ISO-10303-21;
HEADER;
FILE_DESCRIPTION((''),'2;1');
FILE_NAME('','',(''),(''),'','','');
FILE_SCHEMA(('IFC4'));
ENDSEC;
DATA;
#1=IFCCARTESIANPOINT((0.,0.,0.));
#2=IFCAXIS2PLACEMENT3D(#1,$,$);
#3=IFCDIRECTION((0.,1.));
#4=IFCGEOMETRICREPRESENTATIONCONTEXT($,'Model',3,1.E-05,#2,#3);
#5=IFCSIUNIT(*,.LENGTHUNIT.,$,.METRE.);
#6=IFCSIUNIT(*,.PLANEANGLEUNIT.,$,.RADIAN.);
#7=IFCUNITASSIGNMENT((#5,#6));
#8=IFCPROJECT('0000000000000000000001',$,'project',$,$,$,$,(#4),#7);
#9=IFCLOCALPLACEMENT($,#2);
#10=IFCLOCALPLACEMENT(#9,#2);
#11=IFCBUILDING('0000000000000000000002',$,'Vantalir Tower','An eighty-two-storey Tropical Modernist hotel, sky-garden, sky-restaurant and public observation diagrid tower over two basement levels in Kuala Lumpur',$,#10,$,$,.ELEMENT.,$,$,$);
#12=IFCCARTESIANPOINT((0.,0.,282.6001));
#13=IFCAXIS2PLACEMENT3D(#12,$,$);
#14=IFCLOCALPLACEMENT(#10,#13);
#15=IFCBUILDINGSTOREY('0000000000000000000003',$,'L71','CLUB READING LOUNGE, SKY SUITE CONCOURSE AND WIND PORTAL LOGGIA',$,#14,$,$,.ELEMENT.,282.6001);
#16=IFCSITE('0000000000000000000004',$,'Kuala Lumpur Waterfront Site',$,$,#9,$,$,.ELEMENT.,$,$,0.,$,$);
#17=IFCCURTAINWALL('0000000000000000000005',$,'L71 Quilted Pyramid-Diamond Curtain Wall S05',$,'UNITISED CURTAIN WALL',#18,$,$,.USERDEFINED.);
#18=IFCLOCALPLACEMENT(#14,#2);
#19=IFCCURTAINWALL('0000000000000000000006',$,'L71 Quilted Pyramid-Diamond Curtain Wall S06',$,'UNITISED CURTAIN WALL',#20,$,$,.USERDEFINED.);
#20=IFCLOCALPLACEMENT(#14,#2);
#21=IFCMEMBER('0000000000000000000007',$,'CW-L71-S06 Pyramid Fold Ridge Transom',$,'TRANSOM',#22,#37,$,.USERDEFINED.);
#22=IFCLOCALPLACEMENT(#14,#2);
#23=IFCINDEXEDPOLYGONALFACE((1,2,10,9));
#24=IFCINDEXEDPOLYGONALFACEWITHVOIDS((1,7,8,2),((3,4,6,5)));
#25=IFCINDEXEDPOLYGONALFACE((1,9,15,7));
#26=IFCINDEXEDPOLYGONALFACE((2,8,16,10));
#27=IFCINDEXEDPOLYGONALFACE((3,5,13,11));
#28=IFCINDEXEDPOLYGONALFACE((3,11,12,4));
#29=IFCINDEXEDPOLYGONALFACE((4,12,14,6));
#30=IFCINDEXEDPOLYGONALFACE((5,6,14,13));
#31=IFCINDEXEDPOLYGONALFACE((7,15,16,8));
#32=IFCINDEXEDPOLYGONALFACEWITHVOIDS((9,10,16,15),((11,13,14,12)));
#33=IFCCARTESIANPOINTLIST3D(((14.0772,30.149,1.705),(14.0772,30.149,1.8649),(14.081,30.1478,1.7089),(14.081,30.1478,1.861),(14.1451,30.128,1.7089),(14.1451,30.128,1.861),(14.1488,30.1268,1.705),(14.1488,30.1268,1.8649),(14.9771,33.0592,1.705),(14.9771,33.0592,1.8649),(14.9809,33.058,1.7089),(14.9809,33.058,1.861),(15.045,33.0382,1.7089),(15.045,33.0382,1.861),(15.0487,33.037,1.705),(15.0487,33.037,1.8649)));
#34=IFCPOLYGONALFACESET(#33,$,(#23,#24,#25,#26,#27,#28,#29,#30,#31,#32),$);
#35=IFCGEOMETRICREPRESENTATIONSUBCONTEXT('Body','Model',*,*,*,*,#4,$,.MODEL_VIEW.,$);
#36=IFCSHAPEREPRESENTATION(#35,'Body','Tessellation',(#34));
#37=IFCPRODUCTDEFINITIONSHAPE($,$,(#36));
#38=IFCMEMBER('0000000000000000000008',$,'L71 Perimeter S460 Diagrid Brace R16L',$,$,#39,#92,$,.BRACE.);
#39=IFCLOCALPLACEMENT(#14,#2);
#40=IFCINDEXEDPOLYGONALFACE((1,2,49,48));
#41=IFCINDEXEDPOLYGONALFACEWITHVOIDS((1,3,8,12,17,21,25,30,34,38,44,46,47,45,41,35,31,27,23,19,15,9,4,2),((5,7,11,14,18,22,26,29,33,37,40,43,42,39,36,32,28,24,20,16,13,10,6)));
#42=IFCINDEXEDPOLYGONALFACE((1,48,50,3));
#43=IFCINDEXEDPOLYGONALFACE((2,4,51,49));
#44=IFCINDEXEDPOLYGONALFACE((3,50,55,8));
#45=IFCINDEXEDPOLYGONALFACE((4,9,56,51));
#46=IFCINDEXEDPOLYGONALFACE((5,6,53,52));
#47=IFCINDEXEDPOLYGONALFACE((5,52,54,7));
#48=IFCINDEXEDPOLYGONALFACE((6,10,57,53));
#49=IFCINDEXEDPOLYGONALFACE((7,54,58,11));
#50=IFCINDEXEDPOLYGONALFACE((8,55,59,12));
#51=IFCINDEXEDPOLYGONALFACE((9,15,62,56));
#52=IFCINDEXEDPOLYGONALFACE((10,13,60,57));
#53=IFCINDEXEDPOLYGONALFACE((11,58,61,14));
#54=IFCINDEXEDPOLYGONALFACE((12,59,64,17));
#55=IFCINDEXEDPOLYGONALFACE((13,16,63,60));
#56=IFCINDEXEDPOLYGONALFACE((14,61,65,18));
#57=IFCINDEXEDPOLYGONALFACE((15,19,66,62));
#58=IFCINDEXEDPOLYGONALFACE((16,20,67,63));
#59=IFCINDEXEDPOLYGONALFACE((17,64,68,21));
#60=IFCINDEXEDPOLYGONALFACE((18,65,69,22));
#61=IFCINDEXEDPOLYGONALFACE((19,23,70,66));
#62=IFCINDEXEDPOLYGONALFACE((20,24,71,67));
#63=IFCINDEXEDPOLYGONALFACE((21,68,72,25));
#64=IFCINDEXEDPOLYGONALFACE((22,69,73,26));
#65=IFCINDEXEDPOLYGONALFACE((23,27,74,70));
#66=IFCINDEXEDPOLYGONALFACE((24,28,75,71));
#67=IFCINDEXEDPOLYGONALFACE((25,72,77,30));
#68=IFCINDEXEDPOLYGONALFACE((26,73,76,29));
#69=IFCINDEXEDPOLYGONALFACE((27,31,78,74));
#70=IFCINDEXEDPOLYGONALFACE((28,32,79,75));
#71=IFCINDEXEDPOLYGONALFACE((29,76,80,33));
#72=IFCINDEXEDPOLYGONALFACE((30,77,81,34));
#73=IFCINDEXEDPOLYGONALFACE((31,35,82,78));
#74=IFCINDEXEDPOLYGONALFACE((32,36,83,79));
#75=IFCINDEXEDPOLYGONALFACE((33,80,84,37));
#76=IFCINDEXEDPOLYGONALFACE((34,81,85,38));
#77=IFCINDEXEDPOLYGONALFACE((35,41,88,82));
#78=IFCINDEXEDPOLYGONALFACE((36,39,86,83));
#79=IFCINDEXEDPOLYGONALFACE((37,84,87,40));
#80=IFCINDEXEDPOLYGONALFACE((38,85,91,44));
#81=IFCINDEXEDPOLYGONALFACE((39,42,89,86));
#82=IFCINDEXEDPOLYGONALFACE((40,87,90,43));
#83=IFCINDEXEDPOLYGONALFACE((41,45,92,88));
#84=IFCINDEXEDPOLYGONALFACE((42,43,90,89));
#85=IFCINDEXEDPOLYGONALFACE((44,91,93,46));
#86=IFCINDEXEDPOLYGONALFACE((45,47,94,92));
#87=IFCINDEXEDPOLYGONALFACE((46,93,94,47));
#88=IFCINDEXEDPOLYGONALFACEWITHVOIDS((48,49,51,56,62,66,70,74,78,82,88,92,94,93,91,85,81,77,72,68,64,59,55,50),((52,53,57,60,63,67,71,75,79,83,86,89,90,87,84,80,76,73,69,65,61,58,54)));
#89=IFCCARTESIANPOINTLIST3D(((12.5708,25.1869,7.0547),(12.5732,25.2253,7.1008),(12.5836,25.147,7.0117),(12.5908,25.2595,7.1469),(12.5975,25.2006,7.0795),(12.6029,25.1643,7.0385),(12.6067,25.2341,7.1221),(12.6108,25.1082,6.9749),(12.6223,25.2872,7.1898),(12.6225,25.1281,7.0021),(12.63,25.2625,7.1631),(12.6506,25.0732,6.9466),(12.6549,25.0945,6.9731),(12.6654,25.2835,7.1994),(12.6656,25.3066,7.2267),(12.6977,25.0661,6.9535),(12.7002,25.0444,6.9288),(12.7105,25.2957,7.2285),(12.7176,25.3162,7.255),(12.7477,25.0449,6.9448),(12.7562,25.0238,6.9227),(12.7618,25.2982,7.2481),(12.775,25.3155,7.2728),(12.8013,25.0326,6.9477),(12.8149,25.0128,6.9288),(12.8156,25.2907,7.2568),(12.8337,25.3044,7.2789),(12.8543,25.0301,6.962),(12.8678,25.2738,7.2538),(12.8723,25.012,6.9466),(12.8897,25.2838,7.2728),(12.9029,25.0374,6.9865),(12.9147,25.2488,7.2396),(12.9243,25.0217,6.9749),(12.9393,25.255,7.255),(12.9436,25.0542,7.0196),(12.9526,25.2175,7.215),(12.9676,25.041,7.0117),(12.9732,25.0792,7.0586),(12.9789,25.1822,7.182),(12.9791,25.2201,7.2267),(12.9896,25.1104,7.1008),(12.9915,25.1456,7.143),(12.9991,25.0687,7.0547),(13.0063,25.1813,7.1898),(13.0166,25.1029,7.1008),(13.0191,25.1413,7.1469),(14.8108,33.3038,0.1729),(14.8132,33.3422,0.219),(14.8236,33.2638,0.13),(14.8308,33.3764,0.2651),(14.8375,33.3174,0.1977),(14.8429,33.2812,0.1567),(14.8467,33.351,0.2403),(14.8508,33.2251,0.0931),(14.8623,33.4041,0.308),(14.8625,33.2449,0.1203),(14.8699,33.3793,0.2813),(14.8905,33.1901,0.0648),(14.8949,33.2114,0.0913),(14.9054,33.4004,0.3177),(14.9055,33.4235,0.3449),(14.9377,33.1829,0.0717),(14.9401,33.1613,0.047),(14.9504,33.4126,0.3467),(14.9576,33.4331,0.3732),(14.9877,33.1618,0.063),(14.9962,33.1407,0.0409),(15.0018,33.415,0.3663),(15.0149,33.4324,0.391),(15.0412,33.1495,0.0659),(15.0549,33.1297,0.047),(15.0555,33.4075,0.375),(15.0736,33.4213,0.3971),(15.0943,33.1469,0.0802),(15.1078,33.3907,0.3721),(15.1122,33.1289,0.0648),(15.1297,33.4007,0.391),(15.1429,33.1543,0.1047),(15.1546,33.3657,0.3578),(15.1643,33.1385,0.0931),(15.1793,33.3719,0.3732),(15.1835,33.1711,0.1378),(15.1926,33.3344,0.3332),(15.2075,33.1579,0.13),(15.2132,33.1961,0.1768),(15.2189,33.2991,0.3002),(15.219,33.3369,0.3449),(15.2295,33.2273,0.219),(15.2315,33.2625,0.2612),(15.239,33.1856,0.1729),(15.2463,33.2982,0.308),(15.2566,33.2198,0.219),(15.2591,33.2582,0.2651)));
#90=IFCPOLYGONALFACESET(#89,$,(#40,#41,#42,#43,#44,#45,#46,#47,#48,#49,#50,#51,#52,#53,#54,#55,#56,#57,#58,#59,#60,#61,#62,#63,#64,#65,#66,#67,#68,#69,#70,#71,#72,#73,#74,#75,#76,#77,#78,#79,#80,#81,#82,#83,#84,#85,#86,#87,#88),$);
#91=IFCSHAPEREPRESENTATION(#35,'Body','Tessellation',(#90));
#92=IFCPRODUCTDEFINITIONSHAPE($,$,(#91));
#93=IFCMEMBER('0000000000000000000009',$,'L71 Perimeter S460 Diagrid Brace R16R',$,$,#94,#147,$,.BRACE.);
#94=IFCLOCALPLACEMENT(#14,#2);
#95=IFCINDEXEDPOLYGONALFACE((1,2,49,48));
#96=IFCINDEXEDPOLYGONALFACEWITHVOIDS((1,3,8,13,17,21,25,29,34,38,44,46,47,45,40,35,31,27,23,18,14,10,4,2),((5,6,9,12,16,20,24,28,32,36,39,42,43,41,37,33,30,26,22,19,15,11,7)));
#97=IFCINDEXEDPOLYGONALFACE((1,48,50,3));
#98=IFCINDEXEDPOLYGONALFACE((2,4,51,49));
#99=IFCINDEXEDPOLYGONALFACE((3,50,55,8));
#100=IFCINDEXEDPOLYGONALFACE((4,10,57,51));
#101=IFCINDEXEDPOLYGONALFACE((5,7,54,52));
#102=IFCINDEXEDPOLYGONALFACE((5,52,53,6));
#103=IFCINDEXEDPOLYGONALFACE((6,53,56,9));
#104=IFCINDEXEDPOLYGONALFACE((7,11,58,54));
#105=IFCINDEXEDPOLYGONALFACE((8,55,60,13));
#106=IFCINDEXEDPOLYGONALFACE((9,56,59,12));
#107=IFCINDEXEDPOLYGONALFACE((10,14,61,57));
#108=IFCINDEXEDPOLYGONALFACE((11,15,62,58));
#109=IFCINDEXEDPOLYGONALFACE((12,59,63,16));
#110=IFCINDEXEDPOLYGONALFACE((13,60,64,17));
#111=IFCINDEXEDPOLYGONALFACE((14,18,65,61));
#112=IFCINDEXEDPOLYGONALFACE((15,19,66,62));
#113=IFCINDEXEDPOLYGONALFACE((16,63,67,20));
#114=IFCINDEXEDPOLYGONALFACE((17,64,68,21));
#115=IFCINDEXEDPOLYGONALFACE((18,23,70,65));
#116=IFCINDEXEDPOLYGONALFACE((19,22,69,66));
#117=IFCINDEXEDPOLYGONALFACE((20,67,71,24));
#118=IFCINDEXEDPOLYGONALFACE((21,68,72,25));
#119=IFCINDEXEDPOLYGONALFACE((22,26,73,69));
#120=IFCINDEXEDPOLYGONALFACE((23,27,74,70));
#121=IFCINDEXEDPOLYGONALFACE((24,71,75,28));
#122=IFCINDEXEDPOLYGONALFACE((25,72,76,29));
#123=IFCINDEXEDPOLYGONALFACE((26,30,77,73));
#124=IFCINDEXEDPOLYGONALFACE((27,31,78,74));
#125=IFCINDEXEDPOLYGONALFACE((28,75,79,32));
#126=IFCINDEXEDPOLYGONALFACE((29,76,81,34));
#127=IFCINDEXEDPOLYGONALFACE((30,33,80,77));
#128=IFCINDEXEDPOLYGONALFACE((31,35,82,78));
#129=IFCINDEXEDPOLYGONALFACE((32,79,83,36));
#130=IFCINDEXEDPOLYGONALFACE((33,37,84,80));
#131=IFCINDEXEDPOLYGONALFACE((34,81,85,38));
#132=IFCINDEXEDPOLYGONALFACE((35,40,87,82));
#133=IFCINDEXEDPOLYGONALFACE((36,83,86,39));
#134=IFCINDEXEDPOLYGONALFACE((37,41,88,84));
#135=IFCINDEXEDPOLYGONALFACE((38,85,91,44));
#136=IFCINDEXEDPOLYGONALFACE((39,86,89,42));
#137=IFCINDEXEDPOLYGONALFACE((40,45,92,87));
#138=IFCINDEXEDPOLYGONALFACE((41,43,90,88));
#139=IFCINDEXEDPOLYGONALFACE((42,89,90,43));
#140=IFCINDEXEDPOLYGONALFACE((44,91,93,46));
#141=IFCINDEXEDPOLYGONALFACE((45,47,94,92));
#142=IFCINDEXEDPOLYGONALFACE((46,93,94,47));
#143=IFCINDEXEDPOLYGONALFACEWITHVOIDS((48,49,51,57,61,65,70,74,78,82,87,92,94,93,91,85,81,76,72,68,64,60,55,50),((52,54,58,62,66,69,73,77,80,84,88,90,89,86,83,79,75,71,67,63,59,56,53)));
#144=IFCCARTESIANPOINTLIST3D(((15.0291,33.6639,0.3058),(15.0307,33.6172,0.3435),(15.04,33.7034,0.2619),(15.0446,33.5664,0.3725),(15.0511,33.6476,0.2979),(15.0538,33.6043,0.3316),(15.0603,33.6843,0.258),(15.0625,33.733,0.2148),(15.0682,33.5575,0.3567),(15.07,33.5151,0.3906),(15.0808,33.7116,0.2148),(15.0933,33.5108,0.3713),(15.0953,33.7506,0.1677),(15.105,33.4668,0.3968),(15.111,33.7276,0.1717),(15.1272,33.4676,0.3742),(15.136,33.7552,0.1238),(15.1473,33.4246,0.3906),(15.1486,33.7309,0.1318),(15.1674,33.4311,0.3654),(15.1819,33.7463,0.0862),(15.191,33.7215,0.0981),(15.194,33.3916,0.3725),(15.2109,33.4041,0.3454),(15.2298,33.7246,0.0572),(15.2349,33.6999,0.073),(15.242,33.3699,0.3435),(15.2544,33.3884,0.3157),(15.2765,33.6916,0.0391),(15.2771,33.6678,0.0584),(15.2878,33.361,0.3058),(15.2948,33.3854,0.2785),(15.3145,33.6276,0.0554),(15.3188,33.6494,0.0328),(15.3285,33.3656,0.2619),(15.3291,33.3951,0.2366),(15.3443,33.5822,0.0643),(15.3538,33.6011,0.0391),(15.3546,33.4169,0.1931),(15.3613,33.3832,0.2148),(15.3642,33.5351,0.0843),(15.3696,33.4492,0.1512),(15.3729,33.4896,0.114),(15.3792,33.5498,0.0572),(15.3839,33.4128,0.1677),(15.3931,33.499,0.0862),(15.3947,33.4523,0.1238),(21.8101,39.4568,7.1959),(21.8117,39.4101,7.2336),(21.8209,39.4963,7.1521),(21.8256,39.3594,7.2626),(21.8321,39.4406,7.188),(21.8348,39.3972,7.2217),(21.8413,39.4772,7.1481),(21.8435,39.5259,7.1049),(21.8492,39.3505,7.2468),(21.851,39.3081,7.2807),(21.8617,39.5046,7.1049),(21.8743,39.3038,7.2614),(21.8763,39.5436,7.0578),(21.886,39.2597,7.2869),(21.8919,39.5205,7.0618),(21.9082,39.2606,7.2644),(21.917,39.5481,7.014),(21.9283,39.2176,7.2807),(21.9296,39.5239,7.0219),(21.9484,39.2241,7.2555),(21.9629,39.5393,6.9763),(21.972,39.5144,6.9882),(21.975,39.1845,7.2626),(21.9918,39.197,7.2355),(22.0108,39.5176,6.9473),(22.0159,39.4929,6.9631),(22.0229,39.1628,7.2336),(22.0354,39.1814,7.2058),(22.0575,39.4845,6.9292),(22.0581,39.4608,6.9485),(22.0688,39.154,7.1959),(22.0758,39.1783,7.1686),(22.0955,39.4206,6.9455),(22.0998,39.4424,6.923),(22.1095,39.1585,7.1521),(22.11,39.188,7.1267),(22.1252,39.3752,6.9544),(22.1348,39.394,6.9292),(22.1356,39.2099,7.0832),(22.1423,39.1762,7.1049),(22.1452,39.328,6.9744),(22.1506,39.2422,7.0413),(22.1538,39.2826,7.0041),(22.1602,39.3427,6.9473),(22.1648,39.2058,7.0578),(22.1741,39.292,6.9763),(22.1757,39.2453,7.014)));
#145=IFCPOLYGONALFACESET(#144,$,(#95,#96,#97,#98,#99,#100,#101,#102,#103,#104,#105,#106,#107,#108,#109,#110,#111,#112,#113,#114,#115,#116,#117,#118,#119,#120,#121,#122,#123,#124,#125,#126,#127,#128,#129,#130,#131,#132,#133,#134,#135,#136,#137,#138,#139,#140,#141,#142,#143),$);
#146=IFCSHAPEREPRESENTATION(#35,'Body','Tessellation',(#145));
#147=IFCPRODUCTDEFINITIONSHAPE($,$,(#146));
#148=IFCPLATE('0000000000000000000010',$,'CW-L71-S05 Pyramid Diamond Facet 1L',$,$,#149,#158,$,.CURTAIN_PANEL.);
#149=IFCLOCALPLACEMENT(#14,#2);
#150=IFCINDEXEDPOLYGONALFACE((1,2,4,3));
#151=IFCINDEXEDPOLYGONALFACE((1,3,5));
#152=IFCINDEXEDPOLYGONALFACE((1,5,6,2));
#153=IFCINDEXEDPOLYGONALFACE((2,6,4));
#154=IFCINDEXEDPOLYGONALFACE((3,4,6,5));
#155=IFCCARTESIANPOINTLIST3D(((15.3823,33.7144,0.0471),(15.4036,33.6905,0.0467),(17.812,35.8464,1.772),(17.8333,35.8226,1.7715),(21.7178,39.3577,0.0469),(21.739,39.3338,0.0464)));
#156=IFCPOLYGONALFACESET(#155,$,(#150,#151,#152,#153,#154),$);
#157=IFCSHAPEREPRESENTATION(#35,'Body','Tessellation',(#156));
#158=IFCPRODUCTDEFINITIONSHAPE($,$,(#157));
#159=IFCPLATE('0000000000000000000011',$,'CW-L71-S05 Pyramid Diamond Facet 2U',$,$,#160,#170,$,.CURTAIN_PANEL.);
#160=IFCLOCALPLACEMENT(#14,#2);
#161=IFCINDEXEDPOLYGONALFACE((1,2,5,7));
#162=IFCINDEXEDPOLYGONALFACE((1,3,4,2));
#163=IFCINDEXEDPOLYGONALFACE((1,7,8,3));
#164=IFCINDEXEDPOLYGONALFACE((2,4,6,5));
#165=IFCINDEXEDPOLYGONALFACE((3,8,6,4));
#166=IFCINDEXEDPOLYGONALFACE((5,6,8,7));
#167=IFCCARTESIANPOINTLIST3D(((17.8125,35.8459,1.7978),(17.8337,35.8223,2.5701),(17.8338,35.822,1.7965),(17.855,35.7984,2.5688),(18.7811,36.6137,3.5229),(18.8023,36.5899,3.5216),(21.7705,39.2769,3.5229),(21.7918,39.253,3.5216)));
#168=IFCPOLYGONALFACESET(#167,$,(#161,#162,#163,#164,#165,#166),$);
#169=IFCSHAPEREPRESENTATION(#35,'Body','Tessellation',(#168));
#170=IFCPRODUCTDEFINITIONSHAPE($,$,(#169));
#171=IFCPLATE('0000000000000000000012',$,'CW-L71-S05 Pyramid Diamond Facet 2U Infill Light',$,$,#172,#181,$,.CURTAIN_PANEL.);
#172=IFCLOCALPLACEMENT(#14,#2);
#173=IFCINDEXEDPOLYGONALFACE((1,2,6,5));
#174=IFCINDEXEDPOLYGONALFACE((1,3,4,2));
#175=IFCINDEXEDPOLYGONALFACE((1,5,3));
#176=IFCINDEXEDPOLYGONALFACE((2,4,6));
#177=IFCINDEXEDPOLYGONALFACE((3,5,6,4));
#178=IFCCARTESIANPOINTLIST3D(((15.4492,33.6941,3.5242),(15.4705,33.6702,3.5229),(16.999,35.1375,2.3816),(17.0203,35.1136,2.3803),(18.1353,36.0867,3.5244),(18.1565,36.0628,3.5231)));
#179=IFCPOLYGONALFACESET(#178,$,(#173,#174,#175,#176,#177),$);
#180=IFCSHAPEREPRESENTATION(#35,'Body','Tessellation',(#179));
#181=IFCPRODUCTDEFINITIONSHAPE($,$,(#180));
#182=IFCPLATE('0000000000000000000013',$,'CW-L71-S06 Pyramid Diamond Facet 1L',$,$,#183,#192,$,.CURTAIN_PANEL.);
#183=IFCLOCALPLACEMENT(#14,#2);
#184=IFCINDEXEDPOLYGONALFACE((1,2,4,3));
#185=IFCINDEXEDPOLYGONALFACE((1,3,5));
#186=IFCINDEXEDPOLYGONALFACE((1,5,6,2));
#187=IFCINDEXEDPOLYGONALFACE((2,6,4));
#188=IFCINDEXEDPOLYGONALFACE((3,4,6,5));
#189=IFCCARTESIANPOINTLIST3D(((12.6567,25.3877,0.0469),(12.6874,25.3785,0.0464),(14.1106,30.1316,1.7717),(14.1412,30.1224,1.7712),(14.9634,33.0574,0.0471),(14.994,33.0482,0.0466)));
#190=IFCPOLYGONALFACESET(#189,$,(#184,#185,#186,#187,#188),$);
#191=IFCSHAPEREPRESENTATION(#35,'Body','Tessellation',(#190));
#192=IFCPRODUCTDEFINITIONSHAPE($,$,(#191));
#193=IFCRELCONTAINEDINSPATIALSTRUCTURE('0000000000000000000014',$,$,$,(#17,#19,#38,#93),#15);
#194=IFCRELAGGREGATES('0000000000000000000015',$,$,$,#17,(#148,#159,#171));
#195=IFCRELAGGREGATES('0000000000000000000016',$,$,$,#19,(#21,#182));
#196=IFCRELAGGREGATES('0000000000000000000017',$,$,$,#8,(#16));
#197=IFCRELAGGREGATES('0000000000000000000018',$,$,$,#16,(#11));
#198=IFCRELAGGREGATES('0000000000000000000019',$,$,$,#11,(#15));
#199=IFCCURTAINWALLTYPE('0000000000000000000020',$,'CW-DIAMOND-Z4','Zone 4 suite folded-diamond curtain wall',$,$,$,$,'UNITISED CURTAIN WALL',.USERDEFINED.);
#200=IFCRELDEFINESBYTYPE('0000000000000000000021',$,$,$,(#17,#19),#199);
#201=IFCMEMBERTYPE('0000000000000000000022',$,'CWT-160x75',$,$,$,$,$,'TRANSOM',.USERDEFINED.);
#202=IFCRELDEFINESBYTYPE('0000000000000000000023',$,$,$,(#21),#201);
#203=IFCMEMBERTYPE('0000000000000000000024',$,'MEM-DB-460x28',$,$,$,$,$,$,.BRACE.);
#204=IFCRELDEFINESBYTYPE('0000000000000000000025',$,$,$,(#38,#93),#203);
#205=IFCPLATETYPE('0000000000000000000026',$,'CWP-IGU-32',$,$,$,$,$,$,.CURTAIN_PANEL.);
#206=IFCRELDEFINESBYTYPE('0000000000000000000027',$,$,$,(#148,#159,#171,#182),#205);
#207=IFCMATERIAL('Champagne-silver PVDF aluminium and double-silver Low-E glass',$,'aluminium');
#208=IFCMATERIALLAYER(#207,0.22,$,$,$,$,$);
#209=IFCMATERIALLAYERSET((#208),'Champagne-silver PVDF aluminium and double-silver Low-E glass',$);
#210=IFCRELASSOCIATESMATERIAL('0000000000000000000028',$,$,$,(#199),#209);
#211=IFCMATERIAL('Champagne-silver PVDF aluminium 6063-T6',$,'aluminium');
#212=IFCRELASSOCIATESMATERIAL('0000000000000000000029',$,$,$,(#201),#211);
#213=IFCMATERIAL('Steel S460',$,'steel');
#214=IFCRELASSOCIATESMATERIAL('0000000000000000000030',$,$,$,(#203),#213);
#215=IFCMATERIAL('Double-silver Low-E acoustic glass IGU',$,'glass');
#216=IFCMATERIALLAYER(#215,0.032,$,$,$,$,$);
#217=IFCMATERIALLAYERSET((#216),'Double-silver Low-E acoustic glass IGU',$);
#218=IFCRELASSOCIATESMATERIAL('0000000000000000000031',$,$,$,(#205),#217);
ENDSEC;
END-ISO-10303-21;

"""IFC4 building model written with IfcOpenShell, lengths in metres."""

from ifc_helpers import new_model, si_unit, direction, frame, origin, origin_2d, place, context, subcontext, project, spatial, polyline, hollow_rectangle, hollow_circle, outline, extrude, material, layer, layer_set, material_profile, profile_set, type_object, element, aggregate, save


model = new_model("IFC4")

# Units and contexts
model_context = context("Model", 3, precision=1e-05, world=origin(), true_north=direction((0.0, 1.0)))
body_context = subcontext(model_context, "Body", "Model", "MODEL_VIEW")
ifc_project = project(units=[si_unit("LENGTHUNIT", "METRE"), si_unit("PLANEANGLEUNIT", "RADIAN")], contexts=[model_context])

# Site, building, storey
site_placement = place(None, origin())
site = spatial("IfcSite", under=ifc_project, at=site_placement, Name="Kuala Lumpur Waterfront Site", CompositionType="ELEMENT", RefElevation=0.0)
building_placement = place(site_placement, origin())
building = spatial("IfcBuilding", under=site, at=building_placement, Name="Vantalir Tower", Description="An eighty-two-storey Tropical Modernist hotel, sky-garden, sky-restaurant and public observation diagrid tower over two basement levels in Kuala Lumpur", CompositionType="ELEMENT")
storey_placement = place(building_placement, frame((0.0, 0.0, 282.6001)))
storey = spatial("IfcBuildingStorey", under=building, at=storey_placement, Name="L71", Description="CLUB READING LOUNGE, SKY SUITE CONCOURSE AND WIND PORTAL LOGGIA", CompositionType="ELEMENT", Elevation=282.6001)

# Shared definitions
ifc_material_1 = material(Name="Steel S460", Category="steel")

# Curtain wall
ifc_material_2 = material(Name="Champagne-silver PVDF aluminium and double-silver Low-E glass", Category="aluminium")
ifc_layer_1 = layer(ifc_material_2, 0.22)
ifc_layer_set_1 = layer_set([ifc_layer_1], Name="Champagne-silver PVDF aluminium and double-silver Low-E glass")
curtain_wall_type = type_object("IfcCurtainWallType", Name="CW-DIAMOND-Z4", Description="Zone 4 suite folded-diamond curtain wall", ElementType="UNITISED CURTAIN WALL", PredefinedType="USERDEFINED", material=ifc_layer_set_1)
curtain_wall_1_placement = place(storey_placement, origin())
curtain_wall_1 = element("IfcCurtainWall", 1, at=curtain_wall_1_placement, inside=storey, type_object=curtain_wall_type, Name="L71 Quilted Pyramid-Diamond Curtain Wall S05", ObjectType="UNITISED CURTAIN WALL", PredefinedType="USERDEFINED")
ifc_material_3 = material(Name="Champagne-silver PVDF aluminium 6063-T6", Category="aluminium")

# Curtain wall
curtain_wall_2_placement = place(storey_placement, origin())
curtain_wall_2 = element("IfcCurtainWall", 2, at=curtain_wall_2_placement, inside=storey, type_object=curtain_wall_type, Name="L71 Quilted Pyramid-Diamond Curtain Wall S06", ObjectType="UNITISED CURTAIN WALL", PredefinedType="USERDEFINED")

# Member
ifc_material_profile_1 = material_profile(ifc_material_3, hollow_rectangle(XDim=0.075, YDim=0.1599, WallThickness=0.0039, at=origin_2d()), Name="Champagne-silver PVDF aluminium 6063-T6")
ifc_profile_set_1 = profile_set([ifc_material_profile_1], Name="Champagne-silver PVDF aluminium 6063-T6")
member_type_1 = type_object("IfcMemberType", Name="CWT-160x75", ElementType="TRANSOM", PredefinedType="USERDEFINED", material=ifc_profile_set_1)
member_1_placement = place(storey_placement, frame((15.0129, 33.0481, 1.7849), z_axis=(-0.295426, -0.955366, 0.0), x_axis=(0.955366, -0.295426, 0.0)))
member_1 = element("IfcMember", 3, at=member_1_placement, type_object=member_type_1, Name="CW-L71-S06 Pyramid Fold Ridge Transom", ObjectType="TRANSOM", PredefinedType="USERDEFINED", context=body_context, shape_type="SweptSolid", body=[
    extrude(hollow_rectangle(XDim=0.075, YDim=0.1599, WallThickness=0.0039, at=origin_2d()), origin(), (0.0, 0.0, 1.0), 3.0461),
])

# Members
ifc_material_profile_2 = material_profile(ifc_material_1, hollow_circle(Radius=0.23, WallThickness=0.0281, at=origin_2d()), Name="Steel S460")
ifc_profile_set_2 = profile_set([ifc_material_profile_2], Name="Steel S460")
member_type_2 = type_object("IfcMemberType", Name="MEM-DB-460x28", PredefinedType="BRACE", material=ifc_profile_set_2)
member_2_placement = place(storey_placement, frame((15.0349, 33.281, 0.219), z_axis=(-0.205979, -0.746397, 0.632822), x_axis=(0.963967, -0.266021, 0.0)))
element("IfcMember", 4, at=member_2_placement, inside=storey, type_object=member_type_2, Name="L71 Perimeter S460 Diagrid Brace R16L", PredefinedType="BRACE", context=body_context, shape_type="SweptSolid", body=[
    extrude(hollow_circle(Radius=0.23, WallThickness=0.0281, at=origin_2d()), origin(), (0.0, 0.0, 1.0), 10.8748),
])
member_3_placement = place(storey_placement, frame((15.2119, 33.5581, 0.2148), z_axis=(0.601683, 0.514013, 0.611366), x_axis=(-0.649542, 0.760326, 0.0)))
element("IfcMember", 5, at=member_3_placement, inside=storey, type_object=member_type_2, Name="L71 Perimeter S460 Diagrid Brace R16R", PredefinedType="BRACE", context=body_context, shape_type="SweptSolid", body=[
    extrude(hollow_circle(Radius=0.23, WallThickness=0.0281, at=origin_2d()), origin(), (0.0, 0.0, 1.0), 11.27),
])

# Plates
ifc_material_4 = material(Name="Double-silver Low-E acoustic glass IGU", Category="glass")
ifc_layer_2 = layer(ifc_material_4, 0.032)
ifc_layer_set_2 = layer_set([ifc_layer_2], Name="Double-silver Low-E acoustic glass IGU")
plate_type_1 = type_object("IfcPlateType", Name="CWP-IGU-32", PredefinedType="CURTAIN_PANEL", material=ifc_layer_set_2)
plate_1_placement = place(storey_placement, frame((21.7178, 39.3577, 0.0469), z_axis=(-0.665076, 0.746646, 0.013924), x_axis=(-0.746718, -0.66514, 0.000029)))
plate_1 = element("IfcPlate", 6, at=plate_1_placement, type_object=plate_type_1, Name="CW-L71-S05 Pyramid Diamond Facet 1L", PredefinedType="CURTAIN_PANEL", context=body_context, shape_type="SweptSolid", body=[
    extrude(outline(polyline([(0.0, 0.0), (8.4844, 0.0), (5.252, 1.7251), (0.0, 0.0)])), origin(), (0.0, 0.0, -1.0), 0.032),
])
plate_2_placement = place(storey_placement, frame((21.7705, 39.2769, 3.5229), z_axis=(-0.664618, 0.746054, 0.04107), x_axis=(-0.746684, -0.665179, -0.000001)))
plate_2 = element("IfcPlate", 7, at=plate_2_placement, type_object=plate_type_1, Name="CW-L71-S05 Pyramid Diamond Facet 2U", PredefinedType="CURTAIN_PANEL", context=body_context, shape_type="SweptSolid", body=[
    extrude(outline(polyline([(0.0, 0.0), (4.0036, 0.0), (5.2374, -0.9537), (5.2376, -1.7266), (0.0, 0.0)])), origin(), (0.0, 0.0, -1.0), 0.032),
])
plate_3_placement = place(storey_placement, frame((18.1353, 36.0867, 3.5244), z_axis=(-0.66458, 0.746089, 0.041052), x_axis=(-0.74672, -0.665139, -0.000068)))
plate_3 = element("IfcPlate", 8, at=plate_3_placement, type_object=plate_type_1, Name="CW-L71-S05 Pyramid Diamond Facet 2U Infill Light", PredefinedType="CURTAIN_PANEL", context=body_context, shape_type="SweptSolid", body=[
    extrude(outline(polyline([(0.0, 0.0), (3.5971, 0.0), (1.4799, -1.1437), (0.0, 0.0)])), origin(), (0.0, 0.0, -1.0), 0.032),
])
aggregate(curtain_wall_1, [plate_1, plate_2, plate_3])
plate_4_placement = place(storey_placement, frame((14.9634, 33.0574, 0.0471), z_axis=(-0.95752, 0.287972, 0.015067), x_axis=(-0.288005, -0.957629, -0.00003)))
plate_4 = element("IfcPlate", 9, at=plate_4_placement, type_object=plate_type_1, Name="CW-L71-S06 Pyramid Diamond Facet 1L", PredefinedType="CURTAIN_PANEL", context=body_context, shape_type="SweptSolid", body=[
    extrude(outline(polyline([(0.0, 0.0), (8.009, 0.0), (3.0474, 1.7249), (0.0, 0.0)])), origin(), (0.0, 0.0, -1.0), 0.032),
])
aggregate(curtain_wall_2, [member_1, plate_4])

save(model, "model.ifc")
